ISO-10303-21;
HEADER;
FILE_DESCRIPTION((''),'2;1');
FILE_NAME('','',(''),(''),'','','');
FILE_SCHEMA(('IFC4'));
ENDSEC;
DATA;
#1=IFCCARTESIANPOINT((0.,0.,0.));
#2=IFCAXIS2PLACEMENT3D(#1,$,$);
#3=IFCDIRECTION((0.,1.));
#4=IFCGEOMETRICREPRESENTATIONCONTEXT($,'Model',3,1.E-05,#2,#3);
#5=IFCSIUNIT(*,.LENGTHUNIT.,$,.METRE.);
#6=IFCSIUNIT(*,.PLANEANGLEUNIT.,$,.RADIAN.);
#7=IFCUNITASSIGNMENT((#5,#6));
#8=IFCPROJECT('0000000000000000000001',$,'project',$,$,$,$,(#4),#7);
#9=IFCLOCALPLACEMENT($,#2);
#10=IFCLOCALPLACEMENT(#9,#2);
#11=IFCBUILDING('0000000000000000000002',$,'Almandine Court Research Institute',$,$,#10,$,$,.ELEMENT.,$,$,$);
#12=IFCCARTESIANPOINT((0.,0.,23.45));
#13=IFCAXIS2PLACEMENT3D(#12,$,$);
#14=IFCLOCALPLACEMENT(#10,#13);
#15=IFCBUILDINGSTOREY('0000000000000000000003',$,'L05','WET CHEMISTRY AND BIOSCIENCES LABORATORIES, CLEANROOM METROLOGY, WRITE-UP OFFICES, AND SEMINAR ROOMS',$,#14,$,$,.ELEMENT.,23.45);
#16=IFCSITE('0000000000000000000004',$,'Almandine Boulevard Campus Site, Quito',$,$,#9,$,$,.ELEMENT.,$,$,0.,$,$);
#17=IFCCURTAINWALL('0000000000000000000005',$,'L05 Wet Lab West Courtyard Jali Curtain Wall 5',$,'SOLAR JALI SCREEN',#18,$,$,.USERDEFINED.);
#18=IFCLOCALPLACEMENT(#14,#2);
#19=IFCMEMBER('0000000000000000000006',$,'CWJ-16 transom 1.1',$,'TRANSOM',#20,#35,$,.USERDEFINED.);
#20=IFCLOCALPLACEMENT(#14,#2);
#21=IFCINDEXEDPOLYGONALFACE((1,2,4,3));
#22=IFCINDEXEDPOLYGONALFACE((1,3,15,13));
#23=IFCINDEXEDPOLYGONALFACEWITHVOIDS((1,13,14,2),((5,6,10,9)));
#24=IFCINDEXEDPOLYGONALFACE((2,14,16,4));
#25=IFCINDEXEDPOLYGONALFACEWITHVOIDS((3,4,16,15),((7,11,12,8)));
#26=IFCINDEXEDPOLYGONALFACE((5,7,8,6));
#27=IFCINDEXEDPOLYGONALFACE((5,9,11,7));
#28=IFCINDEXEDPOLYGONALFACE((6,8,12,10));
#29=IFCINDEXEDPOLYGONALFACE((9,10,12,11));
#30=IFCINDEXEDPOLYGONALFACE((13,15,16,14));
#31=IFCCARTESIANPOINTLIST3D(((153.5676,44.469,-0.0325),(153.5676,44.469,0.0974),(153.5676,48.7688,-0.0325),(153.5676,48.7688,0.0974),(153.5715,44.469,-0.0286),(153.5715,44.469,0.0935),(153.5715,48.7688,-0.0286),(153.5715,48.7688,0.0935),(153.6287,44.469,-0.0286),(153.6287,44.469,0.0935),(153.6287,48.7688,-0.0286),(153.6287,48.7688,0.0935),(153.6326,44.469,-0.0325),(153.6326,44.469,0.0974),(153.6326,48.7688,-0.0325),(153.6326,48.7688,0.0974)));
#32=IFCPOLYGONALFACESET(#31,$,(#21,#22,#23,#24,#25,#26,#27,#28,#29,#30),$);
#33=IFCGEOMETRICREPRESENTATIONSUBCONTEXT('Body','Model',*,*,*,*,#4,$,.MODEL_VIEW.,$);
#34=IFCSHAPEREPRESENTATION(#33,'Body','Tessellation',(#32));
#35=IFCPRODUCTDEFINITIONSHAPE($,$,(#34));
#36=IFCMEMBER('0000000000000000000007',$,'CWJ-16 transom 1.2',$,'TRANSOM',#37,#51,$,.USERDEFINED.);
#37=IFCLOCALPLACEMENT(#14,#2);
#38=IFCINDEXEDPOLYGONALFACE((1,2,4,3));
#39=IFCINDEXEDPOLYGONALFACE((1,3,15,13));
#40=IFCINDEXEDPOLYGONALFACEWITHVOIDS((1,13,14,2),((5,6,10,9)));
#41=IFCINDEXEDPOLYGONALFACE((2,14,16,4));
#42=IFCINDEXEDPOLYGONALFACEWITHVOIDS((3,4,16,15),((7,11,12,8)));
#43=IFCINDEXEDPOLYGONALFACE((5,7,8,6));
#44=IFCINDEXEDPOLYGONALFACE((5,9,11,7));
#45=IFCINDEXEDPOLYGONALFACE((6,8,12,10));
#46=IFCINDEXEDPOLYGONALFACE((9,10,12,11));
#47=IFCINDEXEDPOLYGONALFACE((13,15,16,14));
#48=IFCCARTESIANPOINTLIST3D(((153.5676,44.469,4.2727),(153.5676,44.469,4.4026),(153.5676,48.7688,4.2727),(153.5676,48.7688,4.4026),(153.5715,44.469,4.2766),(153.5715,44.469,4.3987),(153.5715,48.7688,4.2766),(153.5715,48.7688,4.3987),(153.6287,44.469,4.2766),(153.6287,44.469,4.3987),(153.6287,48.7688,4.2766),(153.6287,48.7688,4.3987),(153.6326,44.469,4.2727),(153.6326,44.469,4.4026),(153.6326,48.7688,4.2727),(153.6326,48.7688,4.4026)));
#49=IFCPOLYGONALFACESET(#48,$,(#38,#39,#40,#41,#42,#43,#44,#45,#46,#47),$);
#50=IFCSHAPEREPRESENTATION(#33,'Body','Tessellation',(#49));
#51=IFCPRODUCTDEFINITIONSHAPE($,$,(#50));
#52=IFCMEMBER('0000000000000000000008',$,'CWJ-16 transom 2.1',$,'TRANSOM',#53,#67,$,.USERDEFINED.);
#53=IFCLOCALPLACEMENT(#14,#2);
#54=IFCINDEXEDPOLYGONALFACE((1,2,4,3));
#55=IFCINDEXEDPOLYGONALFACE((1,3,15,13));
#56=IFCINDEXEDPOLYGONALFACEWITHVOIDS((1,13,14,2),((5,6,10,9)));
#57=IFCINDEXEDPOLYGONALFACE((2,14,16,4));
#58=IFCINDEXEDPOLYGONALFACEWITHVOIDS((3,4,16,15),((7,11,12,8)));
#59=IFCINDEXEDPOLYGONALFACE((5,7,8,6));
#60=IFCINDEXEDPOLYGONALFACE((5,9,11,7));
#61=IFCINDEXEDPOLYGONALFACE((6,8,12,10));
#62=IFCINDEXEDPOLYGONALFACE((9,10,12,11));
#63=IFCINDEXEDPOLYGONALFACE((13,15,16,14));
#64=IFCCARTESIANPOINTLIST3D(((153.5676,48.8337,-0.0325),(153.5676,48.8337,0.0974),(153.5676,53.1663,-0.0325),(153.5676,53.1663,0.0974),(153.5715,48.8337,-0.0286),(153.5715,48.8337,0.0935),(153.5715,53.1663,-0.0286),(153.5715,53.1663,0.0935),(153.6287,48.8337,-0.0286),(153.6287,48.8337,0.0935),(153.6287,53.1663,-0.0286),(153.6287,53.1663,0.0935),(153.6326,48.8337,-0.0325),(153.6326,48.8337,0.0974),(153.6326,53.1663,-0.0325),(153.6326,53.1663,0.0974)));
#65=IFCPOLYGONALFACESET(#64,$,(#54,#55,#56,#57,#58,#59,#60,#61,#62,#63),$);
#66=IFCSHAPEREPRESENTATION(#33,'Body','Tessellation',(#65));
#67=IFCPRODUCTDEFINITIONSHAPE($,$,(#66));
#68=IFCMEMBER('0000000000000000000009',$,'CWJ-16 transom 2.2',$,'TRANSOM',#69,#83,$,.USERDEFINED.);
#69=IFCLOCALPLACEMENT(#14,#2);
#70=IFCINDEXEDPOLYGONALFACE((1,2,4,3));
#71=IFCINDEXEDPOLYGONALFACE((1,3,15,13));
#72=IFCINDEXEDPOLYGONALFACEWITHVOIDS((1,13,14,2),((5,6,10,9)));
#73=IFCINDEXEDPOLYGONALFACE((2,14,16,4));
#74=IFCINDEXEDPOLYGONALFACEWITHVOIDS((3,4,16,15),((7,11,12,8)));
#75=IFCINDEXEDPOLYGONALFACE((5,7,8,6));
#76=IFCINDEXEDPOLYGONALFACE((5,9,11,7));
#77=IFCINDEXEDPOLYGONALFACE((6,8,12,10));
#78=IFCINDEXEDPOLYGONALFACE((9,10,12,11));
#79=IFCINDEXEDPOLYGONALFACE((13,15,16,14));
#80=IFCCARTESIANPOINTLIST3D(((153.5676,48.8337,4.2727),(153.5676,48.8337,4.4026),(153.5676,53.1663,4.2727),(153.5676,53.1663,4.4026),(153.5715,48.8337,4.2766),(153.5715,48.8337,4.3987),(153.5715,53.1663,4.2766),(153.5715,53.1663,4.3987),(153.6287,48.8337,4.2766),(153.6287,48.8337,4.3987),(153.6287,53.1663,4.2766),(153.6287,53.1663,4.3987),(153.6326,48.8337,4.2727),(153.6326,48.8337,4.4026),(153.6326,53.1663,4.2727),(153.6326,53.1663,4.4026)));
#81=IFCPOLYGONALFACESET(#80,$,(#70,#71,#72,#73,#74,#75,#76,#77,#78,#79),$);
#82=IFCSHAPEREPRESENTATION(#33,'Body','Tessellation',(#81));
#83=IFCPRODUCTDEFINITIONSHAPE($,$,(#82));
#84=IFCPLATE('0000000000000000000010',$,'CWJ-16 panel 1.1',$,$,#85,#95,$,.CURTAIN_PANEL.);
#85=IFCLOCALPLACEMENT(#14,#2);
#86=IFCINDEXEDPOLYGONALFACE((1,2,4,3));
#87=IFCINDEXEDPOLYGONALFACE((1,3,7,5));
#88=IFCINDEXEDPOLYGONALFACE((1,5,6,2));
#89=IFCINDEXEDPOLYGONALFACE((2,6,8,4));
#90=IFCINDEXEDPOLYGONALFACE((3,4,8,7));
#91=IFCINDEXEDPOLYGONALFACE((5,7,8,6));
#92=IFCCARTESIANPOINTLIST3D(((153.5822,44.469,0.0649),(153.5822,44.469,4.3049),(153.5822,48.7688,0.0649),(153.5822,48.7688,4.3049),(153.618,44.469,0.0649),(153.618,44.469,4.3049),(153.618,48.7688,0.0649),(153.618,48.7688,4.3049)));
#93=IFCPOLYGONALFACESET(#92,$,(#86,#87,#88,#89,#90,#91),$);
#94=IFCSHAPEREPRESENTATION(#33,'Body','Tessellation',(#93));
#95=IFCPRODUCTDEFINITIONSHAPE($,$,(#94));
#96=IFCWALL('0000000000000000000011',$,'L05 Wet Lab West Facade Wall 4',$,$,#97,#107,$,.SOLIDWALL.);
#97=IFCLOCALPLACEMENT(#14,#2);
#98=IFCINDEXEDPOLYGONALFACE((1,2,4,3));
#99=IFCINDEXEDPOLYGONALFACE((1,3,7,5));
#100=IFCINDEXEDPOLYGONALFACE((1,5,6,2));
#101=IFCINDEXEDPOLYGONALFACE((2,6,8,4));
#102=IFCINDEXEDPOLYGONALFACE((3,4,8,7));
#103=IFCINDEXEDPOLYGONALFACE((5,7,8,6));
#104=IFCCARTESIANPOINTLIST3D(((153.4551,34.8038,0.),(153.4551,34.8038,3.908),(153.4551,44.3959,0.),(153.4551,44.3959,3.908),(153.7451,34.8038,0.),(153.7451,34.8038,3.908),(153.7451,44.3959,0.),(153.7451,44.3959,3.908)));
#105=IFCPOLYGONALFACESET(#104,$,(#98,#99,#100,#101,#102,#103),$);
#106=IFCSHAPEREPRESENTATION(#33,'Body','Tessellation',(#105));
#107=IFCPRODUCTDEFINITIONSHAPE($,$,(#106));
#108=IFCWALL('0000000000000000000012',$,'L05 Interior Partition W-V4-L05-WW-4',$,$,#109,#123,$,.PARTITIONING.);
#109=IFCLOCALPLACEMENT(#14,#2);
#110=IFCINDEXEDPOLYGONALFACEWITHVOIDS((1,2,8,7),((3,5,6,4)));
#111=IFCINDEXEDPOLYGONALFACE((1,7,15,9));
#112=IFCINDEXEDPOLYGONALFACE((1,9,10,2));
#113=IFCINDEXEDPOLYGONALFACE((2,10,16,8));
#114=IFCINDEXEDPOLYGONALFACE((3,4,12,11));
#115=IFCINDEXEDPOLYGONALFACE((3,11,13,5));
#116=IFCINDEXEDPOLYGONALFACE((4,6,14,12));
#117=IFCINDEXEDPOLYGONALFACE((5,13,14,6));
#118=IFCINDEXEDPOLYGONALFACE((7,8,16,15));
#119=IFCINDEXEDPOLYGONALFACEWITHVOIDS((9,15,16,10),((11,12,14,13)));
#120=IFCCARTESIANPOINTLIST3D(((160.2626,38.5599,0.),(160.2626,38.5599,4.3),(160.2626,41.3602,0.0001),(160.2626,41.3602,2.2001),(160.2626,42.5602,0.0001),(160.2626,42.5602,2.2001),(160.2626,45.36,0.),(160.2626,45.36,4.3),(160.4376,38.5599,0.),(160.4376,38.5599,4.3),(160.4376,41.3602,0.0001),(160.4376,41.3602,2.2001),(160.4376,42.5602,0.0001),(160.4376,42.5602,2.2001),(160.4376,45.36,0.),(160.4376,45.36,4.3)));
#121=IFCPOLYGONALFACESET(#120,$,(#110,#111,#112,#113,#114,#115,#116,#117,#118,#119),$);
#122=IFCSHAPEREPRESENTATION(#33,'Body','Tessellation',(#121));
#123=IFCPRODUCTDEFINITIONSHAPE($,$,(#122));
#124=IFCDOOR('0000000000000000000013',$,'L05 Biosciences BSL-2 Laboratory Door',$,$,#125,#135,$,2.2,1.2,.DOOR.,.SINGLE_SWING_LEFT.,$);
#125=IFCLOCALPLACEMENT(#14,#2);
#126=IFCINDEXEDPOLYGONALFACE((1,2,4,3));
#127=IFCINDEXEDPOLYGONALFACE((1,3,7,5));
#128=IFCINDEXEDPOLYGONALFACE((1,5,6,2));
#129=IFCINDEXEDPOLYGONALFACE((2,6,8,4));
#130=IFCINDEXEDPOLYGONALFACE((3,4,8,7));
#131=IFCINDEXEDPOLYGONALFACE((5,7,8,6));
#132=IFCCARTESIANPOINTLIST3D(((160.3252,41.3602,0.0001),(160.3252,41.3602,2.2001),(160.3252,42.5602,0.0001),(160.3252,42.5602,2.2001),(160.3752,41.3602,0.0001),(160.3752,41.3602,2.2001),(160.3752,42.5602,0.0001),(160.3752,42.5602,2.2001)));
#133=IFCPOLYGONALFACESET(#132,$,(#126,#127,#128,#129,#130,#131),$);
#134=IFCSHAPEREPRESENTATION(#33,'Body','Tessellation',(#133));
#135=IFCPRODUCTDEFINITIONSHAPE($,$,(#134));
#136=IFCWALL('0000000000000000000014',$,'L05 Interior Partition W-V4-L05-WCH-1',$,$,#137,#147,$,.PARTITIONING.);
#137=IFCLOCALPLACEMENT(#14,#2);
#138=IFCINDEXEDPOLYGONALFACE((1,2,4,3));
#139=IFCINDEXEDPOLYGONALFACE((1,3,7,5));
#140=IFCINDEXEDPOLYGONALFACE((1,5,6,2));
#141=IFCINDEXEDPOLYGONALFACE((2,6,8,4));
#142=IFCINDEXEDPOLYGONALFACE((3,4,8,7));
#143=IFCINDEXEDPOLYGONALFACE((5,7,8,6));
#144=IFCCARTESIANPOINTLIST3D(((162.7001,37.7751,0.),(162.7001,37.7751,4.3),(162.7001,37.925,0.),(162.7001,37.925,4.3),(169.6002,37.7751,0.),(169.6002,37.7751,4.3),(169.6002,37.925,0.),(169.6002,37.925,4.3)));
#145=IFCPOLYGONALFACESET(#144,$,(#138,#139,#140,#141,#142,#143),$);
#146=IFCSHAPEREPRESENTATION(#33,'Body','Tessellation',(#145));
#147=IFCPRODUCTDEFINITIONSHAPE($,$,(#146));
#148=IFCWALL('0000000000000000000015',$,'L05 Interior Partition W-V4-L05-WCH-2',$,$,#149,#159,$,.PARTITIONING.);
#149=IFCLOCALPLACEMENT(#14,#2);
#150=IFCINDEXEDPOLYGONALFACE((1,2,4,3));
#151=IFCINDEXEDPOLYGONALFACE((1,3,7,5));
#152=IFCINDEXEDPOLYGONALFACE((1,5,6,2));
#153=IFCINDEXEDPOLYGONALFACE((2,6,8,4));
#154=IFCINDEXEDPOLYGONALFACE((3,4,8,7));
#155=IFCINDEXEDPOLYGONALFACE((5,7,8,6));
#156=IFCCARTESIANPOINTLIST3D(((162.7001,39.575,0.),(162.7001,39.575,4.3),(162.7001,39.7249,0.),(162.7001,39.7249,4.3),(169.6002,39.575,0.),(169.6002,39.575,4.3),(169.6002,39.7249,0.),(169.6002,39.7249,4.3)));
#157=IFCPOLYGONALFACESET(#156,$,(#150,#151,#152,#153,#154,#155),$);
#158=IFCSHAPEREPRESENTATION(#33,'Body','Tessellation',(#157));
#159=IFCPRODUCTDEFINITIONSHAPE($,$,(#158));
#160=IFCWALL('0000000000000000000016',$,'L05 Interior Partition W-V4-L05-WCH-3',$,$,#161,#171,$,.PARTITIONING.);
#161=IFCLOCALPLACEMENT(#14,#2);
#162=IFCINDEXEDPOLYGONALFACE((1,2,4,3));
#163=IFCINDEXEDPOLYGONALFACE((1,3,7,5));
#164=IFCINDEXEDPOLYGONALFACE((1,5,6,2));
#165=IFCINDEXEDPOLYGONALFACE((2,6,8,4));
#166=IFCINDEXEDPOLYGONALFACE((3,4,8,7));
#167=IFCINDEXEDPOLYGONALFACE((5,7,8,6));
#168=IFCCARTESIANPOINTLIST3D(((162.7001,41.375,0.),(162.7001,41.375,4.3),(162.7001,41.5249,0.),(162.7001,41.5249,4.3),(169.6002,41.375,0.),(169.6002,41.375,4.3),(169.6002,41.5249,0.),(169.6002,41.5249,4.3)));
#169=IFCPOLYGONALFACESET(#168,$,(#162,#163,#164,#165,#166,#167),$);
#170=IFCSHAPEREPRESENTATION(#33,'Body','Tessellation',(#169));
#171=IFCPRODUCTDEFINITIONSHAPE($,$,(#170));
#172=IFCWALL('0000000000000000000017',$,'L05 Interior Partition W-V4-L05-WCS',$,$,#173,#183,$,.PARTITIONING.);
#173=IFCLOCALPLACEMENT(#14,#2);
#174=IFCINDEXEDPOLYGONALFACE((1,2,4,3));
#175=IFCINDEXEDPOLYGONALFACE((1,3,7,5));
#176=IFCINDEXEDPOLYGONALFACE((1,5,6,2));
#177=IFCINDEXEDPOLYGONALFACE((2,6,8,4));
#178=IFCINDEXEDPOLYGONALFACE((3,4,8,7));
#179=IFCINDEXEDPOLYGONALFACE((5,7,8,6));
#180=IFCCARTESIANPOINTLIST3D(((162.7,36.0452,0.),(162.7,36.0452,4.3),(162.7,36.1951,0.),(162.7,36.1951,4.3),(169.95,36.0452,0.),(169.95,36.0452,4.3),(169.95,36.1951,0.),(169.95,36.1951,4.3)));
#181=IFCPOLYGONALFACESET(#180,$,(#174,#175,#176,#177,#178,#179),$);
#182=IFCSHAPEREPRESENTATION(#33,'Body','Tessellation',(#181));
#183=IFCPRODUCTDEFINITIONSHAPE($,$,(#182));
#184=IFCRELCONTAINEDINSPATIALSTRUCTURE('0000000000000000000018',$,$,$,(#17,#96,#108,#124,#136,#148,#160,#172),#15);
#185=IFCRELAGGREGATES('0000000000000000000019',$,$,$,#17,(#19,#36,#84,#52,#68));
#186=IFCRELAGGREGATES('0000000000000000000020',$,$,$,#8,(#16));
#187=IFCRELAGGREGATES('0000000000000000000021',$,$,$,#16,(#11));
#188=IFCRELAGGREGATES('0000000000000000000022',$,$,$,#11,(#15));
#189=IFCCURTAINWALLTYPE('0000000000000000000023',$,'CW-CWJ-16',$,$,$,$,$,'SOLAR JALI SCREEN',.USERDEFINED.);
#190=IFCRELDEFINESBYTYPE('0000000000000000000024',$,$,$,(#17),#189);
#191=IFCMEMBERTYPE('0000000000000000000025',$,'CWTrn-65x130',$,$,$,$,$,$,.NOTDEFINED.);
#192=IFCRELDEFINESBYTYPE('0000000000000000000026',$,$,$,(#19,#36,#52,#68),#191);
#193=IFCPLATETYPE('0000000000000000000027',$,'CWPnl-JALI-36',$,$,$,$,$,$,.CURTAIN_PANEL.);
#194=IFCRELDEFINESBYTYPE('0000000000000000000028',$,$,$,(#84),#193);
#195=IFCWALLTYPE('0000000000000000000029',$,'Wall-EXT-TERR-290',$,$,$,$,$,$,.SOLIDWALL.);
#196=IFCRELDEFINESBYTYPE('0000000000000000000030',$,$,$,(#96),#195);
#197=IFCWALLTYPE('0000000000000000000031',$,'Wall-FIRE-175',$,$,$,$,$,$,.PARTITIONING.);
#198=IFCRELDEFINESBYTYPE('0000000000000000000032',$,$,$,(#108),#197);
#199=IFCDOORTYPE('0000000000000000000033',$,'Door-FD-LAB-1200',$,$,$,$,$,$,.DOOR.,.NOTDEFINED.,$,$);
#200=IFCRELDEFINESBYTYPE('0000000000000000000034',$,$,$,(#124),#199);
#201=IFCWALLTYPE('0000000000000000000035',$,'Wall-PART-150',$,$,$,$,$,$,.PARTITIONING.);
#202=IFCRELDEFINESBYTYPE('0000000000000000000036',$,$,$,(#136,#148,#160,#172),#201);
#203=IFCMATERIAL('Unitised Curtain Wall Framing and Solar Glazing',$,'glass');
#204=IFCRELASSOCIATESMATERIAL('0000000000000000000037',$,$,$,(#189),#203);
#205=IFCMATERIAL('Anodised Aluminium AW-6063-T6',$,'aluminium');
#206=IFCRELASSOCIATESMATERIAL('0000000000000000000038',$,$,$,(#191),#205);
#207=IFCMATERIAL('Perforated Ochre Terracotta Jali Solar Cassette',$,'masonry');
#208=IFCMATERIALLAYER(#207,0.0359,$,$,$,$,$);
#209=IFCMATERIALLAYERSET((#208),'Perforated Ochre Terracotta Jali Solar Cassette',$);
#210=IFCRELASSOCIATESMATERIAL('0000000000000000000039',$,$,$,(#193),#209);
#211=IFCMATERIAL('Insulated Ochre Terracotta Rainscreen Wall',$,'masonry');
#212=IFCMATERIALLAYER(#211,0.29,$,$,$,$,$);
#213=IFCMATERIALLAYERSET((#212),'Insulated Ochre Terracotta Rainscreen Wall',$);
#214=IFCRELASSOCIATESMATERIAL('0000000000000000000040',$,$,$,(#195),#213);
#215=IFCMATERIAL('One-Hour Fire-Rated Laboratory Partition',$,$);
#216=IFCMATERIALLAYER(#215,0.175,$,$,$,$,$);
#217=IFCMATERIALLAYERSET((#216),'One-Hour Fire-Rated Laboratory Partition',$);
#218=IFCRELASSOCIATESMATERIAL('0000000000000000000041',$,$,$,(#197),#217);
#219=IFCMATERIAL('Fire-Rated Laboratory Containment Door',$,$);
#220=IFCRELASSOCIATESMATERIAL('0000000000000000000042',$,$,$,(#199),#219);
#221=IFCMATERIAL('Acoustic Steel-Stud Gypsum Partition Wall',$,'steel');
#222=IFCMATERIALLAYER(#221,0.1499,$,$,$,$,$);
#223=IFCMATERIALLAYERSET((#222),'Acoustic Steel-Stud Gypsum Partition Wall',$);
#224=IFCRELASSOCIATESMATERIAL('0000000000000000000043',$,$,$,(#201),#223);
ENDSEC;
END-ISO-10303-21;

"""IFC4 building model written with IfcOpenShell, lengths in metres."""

from ifc_helpers import new_model, si_unit, direction, frame, frame_2d, origin, origin_2d, place, context, subcontext, project, spatial, rectangle, hollow_rectangle, extrude, material, layer, layer_set, material_profile, profile_set, type_object, element, fill, aggregate, save


model = new_model("IFC4")

# Units and contexts
model_context = context("Model", 3, precision=1e-05, world=origin(), true_north=direction((0.0, 1.0)))
body_context = subcontext(model_context, "Body", "Model", "MODEL_VIEW")
ifc_project = project(units=[si_unit("LENGTHUNIT", "METRE"), si_unit("PLANEANGLEUNIT", "RADIAN")], contexts=[model_context])

# Site, building, storey
site_placement = place(None, origin())
site = spatial("IfcSite", under=ifc_project, at=site_placement, Name="Almandine Boulevard Campus Site, Quito", CompositionType="ELEMENT", RefElevation=0.0)
building_placement = place(site_placement, origin())
building = spatial("IfcBuilding", under=site, at=building_placement, Name="Almandine Court Research Institute", CompositionType="ELEMENT")
storey_placement = place(building_placement, frame((0.0, 0.0, 23.45)))
storey = spatial("IfcBuildingStorey", under=building, at=storey_placement, Name="L05", Description="WET CHEMISTRY AND BIOSCIENCES LABORATORIES, CLEANROOM METROLOGY, WRITE-UP OFFICES, AND SEMINAR ROOMS", CompositionType="ELEMENT", Elevation=23.45)

# Curtain wall, members, plate
ifc_material_1 = material(Name="Unitised Curtain Wall Framing and Solar Glazing", Category="glass")
curtain_wall_type = type_object("IfcCurtainWallType", Name="CW-CWJ-16", ElementType="SOLAR JALI SCREEN", PredefinedType="USERDEFINED", material=ifc_material_1)
curtain_wall_placement = place(storey_placement, origin())
curtain_wall = element("IfcCurtainWall", 1, at=curtain_wall_placement, inside=storey, type_object=curtain_wall_type, Name="L05 Wet Lab West Courtyard Jali Curtain Wall 5", ObjectType="SOLAR JALI SCREEN", PredefinedType="USERDEFINED")
ifc_material_2 = material(Name="Anodised Aluminium AW-6063-T6", Category="aluminium")
ifc_material_profile_1 = material_profile(ifc_material_2, hollow_rectangle(XDim=0.0649, YDim=0.1299, WallThickness=0.0039, at=origin_2d()), Name="ALU RHS 65x130x4")
ifc_profile_set_1 = profile_set([ifc_material_profile_1], Name="Anodised Aluminium AW-6063-T6")
member_type_1 = type_object("IfcMemberType", Name="CWTrn-65x130", PredefinedType="NOTDEFINED", material=ifc_profile_set_1)
member_1_placement = place(storey_placement, frame((153.6001, 44.469, 0.0325), z_axis=(0.0, 1.0, 0.0), x_axis=(-1.0, 0.0, 0.0)))
member_1 = element("IfcMember", 2, at=member_1_placement, type_object=member_type_1, Name="CWJ-16 transom 1.1", ObjectType="TRANSOM", PredefinedType="USERDEFINED", context=body_context, shape_type="SweptSolid", body=[
    extrude(hollow_rectangle(XDim=0.0649, YDim=0.1299, WallThickness=0.0039, at=origin_2d()), origin(), (0.0, 0.0, 1.0), 4.2998),
])
member_2_placement = place(storey_placement, frame((153.6001, 44.469, 4.3376), z_axis=(0.0, 1.0, 0.0), x_axis=(-1.0, 0.0, 0.0)))
member_2 = element("IfcMember", 3, at=member_2_placement, type_object=member_type_1, Name="CWJ-16 transom 1.2", ObjectType="TRANSOM", PredefinedType="USERDEFINED", context=body_context, shape_type="SweptSolid", body=[
    extrude(hollow_rectangle(XDim=0.0649, YDim=0.1299, WallThickness=0.0039, at=origin_2d()), origin(), (0.0, 0.0, 1.0), 4.2998),
])
member_3_placement = place(storey_placement, frame((153.6001, 48.8337, 0.0325), z_axis=(0.0, 1.0, 0.0), x_axis=(-1.0, 0.0, 0.0)))
member_3 = element("IfcMember", 4, at=member_3_placement, type_object=member_type_1, Name="CWJ-16 transom 2.1", ObjectType="TRANSOM", PredefinedType="USERDEFINED", context=body_context, shape_type="SweptSolid", body=[
    extrude(hollow_rectangle(XDim=0.0649, YDim=0.1299, WallThickness=0.0039, at=origin_2d()), origin(), (0.0, 0.0, 1.0), 4.3325),
])
member_4_placement = place(storey_placement, frame((153.6001, 48.8337, 4.3376), z_axis=(0.0, 1.0, 0.0), x_axis=(-1.0, 0.0, 0.0)))
member_4 = element("IfcMember", 5, at=member_4_placement, type_object=member_type_1, Name="CWJ-16 transom 2.2", ObjectType="TRANSOM", PredefinedType="USERDEFINED", context=body_context, shape_type="SweptSolid", body=[
    extrude(hollow_rectangle(XDim=0.0649, YDim=0.1299, WallThickness=0.0039, at=origin_2d()), origin(), (0.0, 0.0, 1.0), 4.3325),
])
ifc_material_3 = material(Name="Perforated Ochre Terracotta Jali Solar Cassette", Category="masonry")
ifc_layer_1 = layer(ifc_material_3, 0.0359)
ifc_layer_set_1 = layer_set([ifc_layer_1], Name="Perforated Ochre Terracotta Jali Solar Cassette")
plate_type = type_object("IfcPlateType", Name="CWPnl-JALI-36", PredefinedType="CURTAIN_PANEL", material=ifc_layer_set_1)
plate_placement = place(storey_placement, frame((153.6001, 46.6189, 0.0649), z_axis=(0.0, 0.0, 1.0), x_axis=(0.0, 1.0, 0.0)))
plate = element("IfcPlate", 6, at=plate_placement, type_object=plate_type, Name="CWJ-16 panel 1.1", PredefinedType="CURTAIN_PANEL", context=body_context, shape_type="SweptSolid", body=[
    extrude(rectangle(XDim=4.2998, YDim=0.0359, at=origin_2d()), origin(), (0.0, 0.0, 1.0), 4.24),
])
aggregate(curtain_wall, [member_1, member_2, plate, member_3, member_4])

# Wall
ifc_material_4 = material(Name="Insulated Ochre Terracotta Rainscreen Wall", Category="masonry")
ifc_layer_2 = layer(ifc_material_4, 0.29)
ifc_layer_set_2 = layer_set([ifc_layer_2], Name="Insulated Ochre Terracotta Rainscreen Wall")
wall_type_1 = type_object("IfcWallType", Name="Wall-EXT-TERR-290", PredefinedType="SOLIDWALL", material=ifc_layer_set_2)
wall_1_placement = place(storey_placement, frame((153.6001, 34.804, 0.0), z_axis=(0.0, 0.0, 1.0), x_axis=(0.0, 1.0, 0.0)))
element("IfcWall", 7, at=wall_1_placement, inside=storey, type_object=wall_type_1, Name="L05 Wet Lab West Facade Wall 4", PredefinedType="SOLIDWALL", context=body_context, shape_type="SweptSolid", body=[
    extrude(rectangle(XDim=9.592, YDim=0.29, at=frame_2d((4.7959, 0.0))), origin(), (0.0, 0.0, 1.0), 3.908),
])

# Wall, opening, door
ifc_material_5 = material(Name="One-Hour Fire-Rated Laboratory Partition")
ifc_layer_3 = layer(ifc_material_5, 0.175)
ifc_layer_set_3 = layer_set([ifc_layer_3], Name="One-Hour Fire-Rated Laboratory Partition")
wall_type_2 = type_object("IfcWallType", Name="Wall-FIRE-175", PredefinedType="PARTITIONING", material=ifc_layer_set_3)
wall_2_placement = place(storey_placement, frame((160.3501, 38.5601, 0.0), z_axis=(0.0, 0.0, 1.0), x_axis=(0.0, 1.0, 0.0)))
wall_2 = element("IfcWall", 8, at=wall_2_placement, inside=storey, type_object=wall_type_2, Name="L05 Interior Partition W-V4-L05-WW-4", PredefinedType="PARTITIONING", context=body_context, shape_type="SweptSolid", body=[
    extrude(rectangle(XDim=6.8, YDim=0.175, at=frame_2d((3.3999, 0.0))), origin(), (0.0, 0.0, 1.0), 4.3),
])
opening_1_placement = place(wall_2_placement, frame((2.8, 0.0, 0.0)))
opening_1 = element("IfcOpeningElement", 9, at=opening_1_placement, cuts=wall_2, PredefinedType="OPENING", context=body_context, shape_type="SweptSolid", body=[
    extrude(rectangle(XDim=1.2, YDim=2.2, at=frame_2d((0.6001, 1.1001))), frame((0.0, 0.0974, 0.0), z_axis=(0.0, -1.0, 0.0), x_axis=(1.0, 0.0, 0.0)), (0.0, 0.0, 1.0), 0.1951),
])
ifc_material_6 = material(Name="Fire-Rated Laboratory Containment Door")
door_type_1 = type_object("IfcDoorType", Name="Door-FD-LAB-1200", OperationType="NOTDEFINED", PredefinedType="DOOR", material=ifc_material_6)
door_1_placement = place(opening_1_placement, origin())
door_1 = element("IfcDoor", 10, at=door_1_placement, inside=storey, type_object=door_type_1, Name="L05 Biosciences BSL-2 Laboratory Door", OperationType="SINGLE_SWING_LEFT", OverallHeight=2.2, OverallWidth=1.2, PredefinedType="DOOR", context=body_context, shape_type="SweptSolid", body=[
    extrude(rectangle(XDim=1.2, YDim=2.2, at=frame_2d((0.6001, 1.1001))), frame((0.0, 0.0249, 0.0), z_axis=(0.0, -1.0, 0.0), x_axis=(1.0, 0.0, 0.0)), (0.0, 0.0, 1.0), 0.05),
])
fill(opening_1, door_1)

# Walls
ifc_material_7 = material(Name="Acoustic Steel-Stud Gypsum Partition Wall", Category="steel")
ifc_layer_4 = layer(ifc_material_7, 0.1499)
ifc_layer_set_4 = layer_set([ifc_layer_4], Name="Acoustic Steel-Stud Gypsum Partition Wall")
wall_type_3 = type_object("IfcWallType", Name="Wall-PART-150", PredefinedType="PARTITIONING", material=ifc_layer_set_4)
for number, where, z_axis, x_axis, name in (
    (11, (162.7, 37.8501, 0.0), (0.0, 0.0, 1.0), (1.0, 0.0, 0.0), "L05 Interior Partition W-V4-L05-WCH-1"),
    (12, (162.7, 39.6499, 0.0), (0.0, 0.0, 1.0), (1.0, 0.0, 0.0), "L05 Interior Partition W-V4-L05-WCH-2"),
    (13, (162.7, 41.45, 0.0), (0.0, 0.0, 1.0), (1.0, 0.0, 0.0), "L05 Interior Partition W-V4-L05-WCH-3"),
):
    element("IfcWall", number, at=place(storey_placement, frame(where, z_axis=z_axis, x_axis=x_axis)), inside=storey, type_object=wall_type_3, Name=name, PredefinedType="PARTITIONING", context=body_context, shape_type="SweptSolid", body=[
        extrude(rectangle(XDim=6.9001, YDim=0.1499, at=frame_2d((3.4502, 0.0))), origin(), (0.0, 0.0, 1.0), 4.3),
    ])
wall_3_placement = place(storey_placement, frame((162.7, 36.1201, 0.0), z_axis=(0.0, 0.0, 1.0), x_axis=(1.0, 0.0, 0.0)))
element("IfcWall", 14, at=wall_3_placement, inside=storey, type_object=wall_type_3, Name="L05 Interior Partition W-V4-L05-WCS", PredefinedType="PARTITIONING", context=body_context, shape_type="SweptSolid", body=[
    extrude(rectangle(XDim=7.25, YDim=0.1499, at=frame_2d((3.625, 0.0))), origin(), (0.0, 0.0, 1.0), 4.3),
])

save(model, "model.ifc")
